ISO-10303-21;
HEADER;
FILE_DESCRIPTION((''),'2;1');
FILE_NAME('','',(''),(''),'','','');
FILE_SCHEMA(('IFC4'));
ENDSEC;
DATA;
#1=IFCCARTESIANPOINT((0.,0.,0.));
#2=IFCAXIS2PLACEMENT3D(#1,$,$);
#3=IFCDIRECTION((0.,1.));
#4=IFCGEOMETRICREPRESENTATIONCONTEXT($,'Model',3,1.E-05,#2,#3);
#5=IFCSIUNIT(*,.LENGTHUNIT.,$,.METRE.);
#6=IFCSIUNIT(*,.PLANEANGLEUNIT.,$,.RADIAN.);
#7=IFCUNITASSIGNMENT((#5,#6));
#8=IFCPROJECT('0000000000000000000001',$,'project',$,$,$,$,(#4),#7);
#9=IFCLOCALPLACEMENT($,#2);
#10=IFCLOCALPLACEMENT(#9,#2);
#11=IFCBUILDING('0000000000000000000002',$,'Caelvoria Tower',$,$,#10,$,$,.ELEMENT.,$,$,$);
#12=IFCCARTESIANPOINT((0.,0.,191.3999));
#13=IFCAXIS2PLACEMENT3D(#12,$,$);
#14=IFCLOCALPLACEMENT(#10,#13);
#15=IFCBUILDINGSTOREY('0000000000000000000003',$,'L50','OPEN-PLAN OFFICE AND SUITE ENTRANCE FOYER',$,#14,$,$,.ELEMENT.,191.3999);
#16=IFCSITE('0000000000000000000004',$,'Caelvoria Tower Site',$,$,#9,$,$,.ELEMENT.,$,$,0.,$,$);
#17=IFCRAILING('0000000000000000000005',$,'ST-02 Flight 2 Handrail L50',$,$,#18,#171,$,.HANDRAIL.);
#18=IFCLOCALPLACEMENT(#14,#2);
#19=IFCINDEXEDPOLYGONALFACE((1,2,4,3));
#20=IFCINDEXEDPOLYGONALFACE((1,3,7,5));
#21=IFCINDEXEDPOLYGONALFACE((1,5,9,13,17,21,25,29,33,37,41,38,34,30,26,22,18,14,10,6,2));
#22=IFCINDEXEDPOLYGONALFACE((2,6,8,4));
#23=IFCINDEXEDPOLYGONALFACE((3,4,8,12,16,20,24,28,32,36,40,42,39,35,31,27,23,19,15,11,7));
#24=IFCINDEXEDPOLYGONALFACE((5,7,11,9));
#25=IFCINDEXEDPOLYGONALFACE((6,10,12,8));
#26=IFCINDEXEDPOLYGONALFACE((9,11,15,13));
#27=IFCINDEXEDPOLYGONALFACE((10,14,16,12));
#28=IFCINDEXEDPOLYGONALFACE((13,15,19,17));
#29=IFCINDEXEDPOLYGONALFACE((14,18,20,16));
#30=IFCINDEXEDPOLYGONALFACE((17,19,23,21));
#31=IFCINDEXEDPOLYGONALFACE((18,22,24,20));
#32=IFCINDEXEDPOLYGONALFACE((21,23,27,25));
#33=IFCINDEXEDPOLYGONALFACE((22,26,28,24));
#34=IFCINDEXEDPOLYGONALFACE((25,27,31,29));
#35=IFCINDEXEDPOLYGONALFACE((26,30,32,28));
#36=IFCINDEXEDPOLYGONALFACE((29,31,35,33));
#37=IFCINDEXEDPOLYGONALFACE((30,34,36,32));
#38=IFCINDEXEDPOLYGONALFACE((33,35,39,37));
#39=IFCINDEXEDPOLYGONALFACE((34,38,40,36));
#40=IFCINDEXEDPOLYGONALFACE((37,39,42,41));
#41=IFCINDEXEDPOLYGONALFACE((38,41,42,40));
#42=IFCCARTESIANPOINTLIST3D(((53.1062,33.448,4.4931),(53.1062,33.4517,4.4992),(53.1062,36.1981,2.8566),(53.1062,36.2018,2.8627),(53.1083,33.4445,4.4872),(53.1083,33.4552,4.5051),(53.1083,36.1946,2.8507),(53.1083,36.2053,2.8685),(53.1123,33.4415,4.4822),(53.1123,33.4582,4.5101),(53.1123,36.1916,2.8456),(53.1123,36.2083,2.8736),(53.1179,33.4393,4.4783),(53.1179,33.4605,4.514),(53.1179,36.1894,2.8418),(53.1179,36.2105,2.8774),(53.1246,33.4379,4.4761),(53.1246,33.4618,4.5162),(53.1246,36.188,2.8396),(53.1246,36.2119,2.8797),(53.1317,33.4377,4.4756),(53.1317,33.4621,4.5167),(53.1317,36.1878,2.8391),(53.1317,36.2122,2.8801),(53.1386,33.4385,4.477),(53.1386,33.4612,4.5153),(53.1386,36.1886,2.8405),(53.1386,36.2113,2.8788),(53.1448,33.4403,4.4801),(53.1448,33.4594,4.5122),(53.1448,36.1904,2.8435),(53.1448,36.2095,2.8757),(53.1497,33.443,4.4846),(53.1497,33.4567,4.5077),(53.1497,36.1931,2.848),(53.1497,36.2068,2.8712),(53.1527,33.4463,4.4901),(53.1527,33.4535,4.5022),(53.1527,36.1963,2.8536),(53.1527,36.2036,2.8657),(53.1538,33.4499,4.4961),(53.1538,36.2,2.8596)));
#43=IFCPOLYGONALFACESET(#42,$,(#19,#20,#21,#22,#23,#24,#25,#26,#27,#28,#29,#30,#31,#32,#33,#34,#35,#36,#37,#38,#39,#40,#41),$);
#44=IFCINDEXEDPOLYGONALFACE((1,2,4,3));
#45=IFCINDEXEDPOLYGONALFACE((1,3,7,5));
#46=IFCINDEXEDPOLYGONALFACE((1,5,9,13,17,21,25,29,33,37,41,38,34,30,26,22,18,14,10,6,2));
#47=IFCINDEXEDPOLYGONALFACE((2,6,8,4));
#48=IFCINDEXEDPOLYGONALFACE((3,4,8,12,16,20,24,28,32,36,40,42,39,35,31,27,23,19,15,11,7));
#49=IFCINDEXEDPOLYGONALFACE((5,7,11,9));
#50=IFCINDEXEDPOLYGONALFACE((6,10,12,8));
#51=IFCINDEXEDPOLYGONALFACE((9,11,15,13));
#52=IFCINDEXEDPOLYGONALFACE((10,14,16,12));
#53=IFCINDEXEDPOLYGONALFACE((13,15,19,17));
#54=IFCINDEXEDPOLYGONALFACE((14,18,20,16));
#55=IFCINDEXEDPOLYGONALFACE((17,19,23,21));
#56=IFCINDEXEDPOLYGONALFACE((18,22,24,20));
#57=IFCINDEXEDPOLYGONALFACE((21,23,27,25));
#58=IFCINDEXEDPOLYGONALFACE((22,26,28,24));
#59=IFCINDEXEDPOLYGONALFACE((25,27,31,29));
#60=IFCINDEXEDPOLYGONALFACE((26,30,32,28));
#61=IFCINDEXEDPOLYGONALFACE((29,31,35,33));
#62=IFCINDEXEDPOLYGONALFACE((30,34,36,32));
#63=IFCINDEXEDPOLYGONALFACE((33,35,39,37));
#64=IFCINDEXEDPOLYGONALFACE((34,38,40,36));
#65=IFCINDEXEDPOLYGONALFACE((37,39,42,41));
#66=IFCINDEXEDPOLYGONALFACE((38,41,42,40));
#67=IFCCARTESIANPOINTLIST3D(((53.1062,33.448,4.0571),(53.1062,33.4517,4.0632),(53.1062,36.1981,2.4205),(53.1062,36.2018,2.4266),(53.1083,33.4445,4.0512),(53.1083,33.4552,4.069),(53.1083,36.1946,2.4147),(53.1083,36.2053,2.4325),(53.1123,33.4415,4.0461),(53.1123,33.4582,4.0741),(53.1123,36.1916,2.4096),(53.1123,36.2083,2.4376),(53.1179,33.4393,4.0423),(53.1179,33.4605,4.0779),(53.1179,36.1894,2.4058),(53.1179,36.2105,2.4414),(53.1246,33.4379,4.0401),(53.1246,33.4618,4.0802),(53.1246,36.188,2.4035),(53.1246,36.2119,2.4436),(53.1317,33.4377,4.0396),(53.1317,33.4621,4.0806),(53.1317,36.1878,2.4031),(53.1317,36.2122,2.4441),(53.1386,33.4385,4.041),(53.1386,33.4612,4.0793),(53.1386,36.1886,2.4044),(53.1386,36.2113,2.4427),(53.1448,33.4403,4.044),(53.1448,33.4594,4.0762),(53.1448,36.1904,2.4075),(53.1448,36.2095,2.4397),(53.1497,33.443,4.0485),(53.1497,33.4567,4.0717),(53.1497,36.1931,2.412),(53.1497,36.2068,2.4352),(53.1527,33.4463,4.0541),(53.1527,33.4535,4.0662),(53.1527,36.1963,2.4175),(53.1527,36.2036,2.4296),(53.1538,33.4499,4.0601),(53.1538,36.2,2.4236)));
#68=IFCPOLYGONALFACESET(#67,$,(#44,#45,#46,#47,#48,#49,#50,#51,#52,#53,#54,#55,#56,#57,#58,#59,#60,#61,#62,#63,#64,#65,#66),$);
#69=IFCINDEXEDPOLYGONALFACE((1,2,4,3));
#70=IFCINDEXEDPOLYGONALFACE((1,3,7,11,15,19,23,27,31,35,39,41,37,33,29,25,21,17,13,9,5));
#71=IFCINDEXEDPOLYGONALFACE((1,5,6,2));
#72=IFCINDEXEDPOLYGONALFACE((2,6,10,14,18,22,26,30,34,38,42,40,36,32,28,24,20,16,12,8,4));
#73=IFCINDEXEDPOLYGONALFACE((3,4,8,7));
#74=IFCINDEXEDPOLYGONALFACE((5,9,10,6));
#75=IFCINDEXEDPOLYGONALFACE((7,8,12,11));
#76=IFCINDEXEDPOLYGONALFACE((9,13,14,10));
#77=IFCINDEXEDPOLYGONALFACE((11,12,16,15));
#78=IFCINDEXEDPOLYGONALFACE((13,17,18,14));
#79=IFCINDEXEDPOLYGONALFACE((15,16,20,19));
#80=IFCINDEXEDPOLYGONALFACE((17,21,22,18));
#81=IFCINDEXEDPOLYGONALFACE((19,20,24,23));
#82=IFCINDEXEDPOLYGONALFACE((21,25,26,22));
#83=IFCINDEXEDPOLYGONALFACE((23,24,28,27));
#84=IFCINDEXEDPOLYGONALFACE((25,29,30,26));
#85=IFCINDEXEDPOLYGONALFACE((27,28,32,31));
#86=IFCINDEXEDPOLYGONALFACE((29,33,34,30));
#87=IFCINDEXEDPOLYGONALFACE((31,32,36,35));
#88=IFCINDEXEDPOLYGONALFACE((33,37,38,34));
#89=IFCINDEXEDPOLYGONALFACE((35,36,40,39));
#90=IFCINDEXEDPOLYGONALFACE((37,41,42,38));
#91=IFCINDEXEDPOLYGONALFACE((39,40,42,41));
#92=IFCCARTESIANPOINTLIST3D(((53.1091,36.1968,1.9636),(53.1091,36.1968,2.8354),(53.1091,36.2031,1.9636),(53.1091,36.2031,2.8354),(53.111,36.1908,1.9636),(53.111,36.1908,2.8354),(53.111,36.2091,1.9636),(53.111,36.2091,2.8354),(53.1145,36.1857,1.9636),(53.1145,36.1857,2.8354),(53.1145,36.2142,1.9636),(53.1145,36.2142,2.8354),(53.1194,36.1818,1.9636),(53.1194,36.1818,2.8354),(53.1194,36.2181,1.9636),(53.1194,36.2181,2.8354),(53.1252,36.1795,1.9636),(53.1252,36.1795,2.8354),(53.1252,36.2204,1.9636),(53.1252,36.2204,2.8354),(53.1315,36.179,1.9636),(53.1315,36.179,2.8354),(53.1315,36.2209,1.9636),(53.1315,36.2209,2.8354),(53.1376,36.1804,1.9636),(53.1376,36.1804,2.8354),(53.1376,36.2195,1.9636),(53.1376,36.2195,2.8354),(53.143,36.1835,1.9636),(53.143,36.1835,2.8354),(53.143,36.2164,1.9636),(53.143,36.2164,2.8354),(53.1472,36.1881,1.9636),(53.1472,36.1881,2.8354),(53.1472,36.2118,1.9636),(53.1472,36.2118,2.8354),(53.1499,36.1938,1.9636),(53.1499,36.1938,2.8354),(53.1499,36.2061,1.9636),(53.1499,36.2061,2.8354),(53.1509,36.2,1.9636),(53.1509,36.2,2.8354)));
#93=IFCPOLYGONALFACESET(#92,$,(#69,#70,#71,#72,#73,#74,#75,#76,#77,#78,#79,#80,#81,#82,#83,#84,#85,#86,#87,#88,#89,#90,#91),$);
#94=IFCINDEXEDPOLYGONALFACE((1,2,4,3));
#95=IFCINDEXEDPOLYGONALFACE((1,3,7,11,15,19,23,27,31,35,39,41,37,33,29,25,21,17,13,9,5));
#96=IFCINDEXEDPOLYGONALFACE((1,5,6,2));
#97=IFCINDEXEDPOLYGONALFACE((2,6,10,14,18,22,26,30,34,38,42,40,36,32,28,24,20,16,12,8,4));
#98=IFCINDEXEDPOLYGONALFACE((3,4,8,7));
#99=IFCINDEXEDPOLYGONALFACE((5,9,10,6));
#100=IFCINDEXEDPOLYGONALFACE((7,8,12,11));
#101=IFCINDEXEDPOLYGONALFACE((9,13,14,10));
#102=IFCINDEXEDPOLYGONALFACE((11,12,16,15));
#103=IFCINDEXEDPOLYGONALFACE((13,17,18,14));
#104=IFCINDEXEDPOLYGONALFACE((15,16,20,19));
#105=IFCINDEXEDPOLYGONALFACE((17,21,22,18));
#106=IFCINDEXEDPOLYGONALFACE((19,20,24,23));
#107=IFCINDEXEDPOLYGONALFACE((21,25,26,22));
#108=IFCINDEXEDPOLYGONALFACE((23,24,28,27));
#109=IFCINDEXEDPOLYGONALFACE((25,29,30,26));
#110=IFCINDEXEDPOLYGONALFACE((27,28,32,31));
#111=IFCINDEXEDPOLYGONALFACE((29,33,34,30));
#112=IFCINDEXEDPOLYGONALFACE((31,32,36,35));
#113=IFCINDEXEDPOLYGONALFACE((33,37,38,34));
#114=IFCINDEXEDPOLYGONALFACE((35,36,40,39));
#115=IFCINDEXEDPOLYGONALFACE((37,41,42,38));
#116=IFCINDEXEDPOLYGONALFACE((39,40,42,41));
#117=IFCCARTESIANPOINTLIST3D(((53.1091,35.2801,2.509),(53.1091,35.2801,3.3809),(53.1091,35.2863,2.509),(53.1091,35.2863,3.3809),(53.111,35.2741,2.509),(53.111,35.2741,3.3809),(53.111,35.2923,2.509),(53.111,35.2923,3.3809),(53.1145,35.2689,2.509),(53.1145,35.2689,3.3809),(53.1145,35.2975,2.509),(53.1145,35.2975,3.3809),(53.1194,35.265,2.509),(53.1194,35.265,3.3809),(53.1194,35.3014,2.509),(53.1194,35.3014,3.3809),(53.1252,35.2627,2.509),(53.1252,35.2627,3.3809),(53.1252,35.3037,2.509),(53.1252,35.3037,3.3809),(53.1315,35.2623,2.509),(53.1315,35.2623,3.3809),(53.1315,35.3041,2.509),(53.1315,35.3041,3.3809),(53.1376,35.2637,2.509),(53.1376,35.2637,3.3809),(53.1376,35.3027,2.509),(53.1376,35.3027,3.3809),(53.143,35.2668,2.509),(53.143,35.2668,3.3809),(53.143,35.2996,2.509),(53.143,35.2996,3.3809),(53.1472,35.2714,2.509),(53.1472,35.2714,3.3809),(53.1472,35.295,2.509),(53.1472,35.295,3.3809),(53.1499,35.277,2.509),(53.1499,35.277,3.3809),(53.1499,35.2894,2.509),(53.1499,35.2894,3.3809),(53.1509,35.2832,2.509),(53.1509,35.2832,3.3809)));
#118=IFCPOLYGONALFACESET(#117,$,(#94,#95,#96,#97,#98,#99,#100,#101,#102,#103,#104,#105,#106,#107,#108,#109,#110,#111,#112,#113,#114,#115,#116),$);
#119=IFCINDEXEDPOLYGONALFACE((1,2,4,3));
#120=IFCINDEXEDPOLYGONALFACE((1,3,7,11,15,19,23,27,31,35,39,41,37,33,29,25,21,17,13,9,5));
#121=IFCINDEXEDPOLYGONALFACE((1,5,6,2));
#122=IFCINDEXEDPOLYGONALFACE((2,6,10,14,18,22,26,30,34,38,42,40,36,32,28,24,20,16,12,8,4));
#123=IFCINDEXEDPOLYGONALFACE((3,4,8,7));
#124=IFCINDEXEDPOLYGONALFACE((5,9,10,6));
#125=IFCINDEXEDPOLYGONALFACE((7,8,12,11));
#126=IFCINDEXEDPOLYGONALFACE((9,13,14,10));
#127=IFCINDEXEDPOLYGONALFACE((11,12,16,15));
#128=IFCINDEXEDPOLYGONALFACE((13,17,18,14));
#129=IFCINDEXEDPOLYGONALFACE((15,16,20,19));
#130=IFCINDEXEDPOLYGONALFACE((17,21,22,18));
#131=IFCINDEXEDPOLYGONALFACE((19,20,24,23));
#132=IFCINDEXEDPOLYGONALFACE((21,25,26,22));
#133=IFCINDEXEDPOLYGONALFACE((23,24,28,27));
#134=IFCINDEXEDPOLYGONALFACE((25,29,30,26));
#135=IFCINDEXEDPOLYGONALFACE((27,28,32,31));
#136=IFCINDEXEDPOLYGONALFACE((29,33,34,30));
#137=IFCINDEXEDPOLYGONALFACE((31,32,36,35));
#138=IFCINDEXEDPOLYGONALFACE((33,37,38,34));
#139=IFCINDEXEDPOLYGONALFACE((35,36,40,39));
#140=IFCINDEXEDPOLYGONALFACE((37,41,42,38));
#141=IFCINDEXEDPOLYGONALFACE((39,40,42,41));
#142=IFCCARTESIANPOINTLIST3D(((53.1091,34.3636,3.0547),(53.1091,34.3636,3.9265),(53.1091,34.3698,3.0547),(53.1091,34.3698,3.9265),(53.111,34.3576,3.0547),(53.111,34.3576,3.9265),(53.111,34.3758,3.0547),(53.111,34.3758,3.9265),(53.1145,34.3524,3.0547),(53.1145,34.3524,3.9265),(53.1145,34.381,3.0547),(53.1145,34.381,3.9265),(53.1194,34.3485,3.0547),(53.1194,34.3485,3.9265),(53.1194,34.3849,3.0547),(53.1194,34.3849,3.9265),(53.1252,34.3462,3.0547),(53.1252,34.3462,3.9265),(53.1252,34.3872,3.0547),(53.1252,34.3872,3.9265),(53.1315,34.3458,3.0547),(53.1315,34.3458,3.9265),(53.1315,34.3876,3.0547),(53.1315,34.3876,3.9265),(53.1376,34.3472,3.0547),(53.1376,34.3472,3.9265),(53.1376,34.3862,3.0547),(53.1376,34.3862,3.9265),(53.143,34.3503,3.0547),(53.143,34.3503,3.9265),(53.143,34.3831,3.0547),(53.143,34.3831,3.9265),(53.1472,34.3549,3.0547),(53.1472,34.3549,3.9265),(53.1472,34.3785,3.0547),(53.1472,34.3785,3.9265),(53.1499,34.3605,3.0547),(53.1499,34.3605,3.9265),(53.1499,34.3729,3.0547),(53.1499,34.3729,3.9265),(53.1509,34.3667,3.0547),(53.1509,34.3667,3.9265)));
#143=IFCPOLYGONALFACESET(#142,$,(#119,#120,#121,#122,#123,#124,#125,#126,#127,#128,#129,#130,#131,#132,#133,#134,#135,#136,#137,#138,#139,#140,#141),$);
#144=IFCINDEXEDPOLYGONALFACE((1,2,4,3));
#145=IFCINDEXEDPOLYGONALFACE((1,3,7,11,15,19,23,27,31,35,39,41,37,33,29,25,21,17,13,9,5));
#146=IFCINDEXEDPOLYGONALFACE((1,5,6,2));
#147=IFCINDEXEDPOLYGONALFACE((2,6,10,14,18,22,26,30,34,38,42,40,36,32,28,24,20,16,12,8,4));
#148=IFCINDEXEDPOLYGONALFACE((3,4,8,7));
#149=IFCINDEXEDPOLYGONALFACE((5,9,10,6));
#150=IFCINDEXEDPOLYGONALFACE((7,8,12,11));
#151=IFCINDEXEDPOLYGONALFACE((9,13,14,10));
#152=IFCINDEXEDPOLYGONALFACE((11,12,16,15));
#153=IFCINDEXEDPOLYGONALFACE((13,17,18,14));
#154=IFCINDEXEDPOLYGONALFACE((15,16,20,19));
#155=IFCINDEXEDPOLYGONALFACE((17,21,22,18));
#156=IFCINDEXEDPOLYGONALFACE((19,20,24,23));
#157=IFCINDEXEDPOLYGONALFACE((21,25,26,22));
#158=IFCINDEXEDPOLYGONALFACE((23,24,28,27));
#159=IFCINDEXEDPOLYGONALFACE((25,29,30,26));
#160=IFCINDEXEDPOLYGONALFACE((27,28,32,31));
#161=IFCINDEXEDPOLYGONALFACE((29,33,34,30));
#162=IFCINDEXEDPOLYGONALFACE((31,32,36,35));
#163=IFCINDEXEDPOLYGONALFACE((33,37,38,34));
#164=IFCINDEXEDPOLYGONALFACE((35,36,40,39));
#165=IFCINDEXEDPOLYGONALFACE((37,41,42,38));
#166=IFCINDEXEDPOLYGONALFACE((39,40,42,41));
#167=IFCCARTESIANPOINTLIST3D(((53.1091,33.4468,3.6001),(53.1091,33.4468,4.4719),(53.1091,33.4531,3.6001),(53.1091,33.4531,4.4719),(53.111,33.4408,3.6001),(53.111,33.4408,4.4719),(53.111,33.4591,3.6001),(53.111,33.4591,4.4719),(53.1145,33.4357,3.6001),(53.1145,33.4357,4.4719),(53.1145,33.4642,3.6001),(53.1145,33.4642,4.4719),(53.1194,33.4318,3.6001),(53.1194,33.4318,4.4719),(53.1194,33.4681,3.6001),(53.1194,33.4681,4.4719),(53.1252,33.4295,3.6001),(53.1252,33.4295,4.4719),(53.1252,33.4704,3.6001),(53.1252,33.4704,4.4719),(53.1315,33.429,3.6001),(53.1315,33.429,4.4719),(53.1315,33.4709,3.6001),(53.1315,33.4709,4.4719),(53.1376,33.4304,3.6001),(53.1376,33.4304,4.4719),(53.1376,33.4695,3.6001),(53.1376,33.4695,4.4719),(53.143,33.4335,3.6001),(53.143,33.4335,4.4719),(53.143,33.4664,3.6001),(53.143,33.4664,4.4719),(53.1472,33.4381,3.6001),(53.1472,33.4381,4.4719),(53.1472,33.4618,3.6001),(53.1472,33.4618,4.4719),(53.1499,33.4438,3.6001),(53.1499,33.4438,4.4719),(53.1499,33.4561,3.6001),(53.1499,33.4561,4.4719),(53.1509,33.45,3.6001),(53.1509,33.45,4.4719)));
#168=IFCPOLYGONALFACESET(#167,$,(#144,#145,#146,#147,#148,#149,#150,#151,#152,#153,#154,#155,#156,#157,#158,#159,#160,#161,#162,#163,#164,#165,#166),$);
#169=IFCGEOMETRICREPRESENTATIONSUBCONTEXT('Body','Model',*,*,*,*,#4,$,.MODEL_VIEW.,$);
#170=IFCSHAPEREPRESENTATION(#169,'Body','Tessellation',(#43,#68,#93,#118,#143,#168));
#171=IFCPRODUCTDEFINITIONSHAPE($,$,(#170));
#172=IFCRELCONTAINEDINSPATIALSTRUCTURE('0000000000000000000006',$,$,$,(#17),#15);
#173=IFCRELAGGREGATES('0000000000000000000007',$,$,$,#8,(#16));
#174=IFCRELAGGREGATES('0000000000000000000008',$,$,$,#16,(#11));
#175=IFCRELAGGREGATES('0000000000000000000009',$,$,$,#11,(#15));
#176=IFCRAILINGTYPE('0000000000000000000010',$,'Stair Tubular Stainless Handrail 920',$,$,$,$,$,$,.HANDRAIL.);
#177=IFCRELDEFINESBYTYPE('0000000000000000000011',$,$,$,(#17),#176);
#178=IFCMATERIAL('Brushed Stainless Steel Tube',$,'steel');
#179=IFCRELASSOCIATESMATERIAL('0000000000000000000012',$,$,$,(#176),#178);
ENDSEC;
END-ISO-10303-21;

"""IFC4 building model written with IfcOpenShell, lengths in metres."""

from ifc_helpers import new_model, si_unit, direction, frame, origin, origin_2d, place, context, subcontext, project, spatial, circle, extrude, material, type_object, element, save


model = new_model("IFC4")

# Units and contexts
model_context = context("Model", 3, precision=1e-05, world=origin(), true_north=direction((0.0, 1.0)))
body_context = subcontext(model_context, "Body", "Model", "MODEL_VIEW")
ifc_project = project(units=[si_unit("LENGTHUNIT", "METRE"), si_unit("PLANEANGLEUNIT", "RADIAN")], contexts=[model_context])

# Site, building, storey
site_placement = place(None, origin())
site = spatial("IfcSite", under=ifc_project, at=site_placement, Name="Caelvoria Tower Site", CompositionType="ELEMENT", RefElevation=0.0)
building_placement = place(site_placement, origin())
building = spatial("IfcBuilding", under=site, at=building_placement, Name="Caelvoria Tower", CompositionType="ELEMENT")
storey_placement = place(building_placement, frame((0.0, 0.0, 191.3999)))
storey = spatial("IfcBuildingStorey", under=building, at=storey_placement, Name="L50", Description="OPEN-PLAN OFFICE AND SUITE ENTRANCE FOYER", CompositionType="ELEMENT", Elevation=191.3999)

# Railing
ifc_material_1 = material(Name="Brushed Stainless Steel Tube", Category="steel")
railing_type_1 = type_object("IfcRailingType", Name="Stair Tubular Stainless Handrail 920", PredefinedType="HANDRAIL", material=ifc_material_1)
railing_1_placement = place(storey_placement, frame((53.1299, 36.2, 1.9636)))
element("IfcRailing", 1, at=railing_1_placement, inside=storey, type_object=railing_type_1, Name="ST-02 Flight 2 Handrail L50", PredefinedType="HANDRAIL", context=body_context, shape_type="SweptSolid", body=[
    extrude(circle(Radius=0.0239, at=origin_2d()), frame((0.0, 0.0, 0.896), z_axis=(0.0, -0.859352, 0.511385), x_axis=(1.0, 0.0, 0.0)), (0.0, 0.0, 1.0), 3.2002),
    extrude(circle(Radius=0.0239, at=origin_2d()), frame((0.0, 0.0, 0.46), z_axis=(0.0, -0.859352, 0.511385), x_axis=(1.0, 0.0, 0.0)), (0.0, 0.0, 1.0), 3.2002),
    extrude(circle(Radius=0.021, at=origin_2d()), origin(), (0.0, 0.0, 1.0), 0.8718),
    extrude(circle(Radius=0.021, at=origin_2d()), frame((0.0, -0.9167, 0.5454)), (0.0, 0.0, 1.0), 0.8718),
    extrude(circle(Radius=0.021, at=origin_2d()), frame((0.0, -1.8333, 1.0911)), (0.0, 0.0, 1.0), 0.8718),
    extrude(circle(Radius=0.021, at=origin_2d()), frame((0.0, -2.75, 1.6365)), (0.0, 0.0, 1.0), 0.8718),
])

save(model, "model.ifc")
